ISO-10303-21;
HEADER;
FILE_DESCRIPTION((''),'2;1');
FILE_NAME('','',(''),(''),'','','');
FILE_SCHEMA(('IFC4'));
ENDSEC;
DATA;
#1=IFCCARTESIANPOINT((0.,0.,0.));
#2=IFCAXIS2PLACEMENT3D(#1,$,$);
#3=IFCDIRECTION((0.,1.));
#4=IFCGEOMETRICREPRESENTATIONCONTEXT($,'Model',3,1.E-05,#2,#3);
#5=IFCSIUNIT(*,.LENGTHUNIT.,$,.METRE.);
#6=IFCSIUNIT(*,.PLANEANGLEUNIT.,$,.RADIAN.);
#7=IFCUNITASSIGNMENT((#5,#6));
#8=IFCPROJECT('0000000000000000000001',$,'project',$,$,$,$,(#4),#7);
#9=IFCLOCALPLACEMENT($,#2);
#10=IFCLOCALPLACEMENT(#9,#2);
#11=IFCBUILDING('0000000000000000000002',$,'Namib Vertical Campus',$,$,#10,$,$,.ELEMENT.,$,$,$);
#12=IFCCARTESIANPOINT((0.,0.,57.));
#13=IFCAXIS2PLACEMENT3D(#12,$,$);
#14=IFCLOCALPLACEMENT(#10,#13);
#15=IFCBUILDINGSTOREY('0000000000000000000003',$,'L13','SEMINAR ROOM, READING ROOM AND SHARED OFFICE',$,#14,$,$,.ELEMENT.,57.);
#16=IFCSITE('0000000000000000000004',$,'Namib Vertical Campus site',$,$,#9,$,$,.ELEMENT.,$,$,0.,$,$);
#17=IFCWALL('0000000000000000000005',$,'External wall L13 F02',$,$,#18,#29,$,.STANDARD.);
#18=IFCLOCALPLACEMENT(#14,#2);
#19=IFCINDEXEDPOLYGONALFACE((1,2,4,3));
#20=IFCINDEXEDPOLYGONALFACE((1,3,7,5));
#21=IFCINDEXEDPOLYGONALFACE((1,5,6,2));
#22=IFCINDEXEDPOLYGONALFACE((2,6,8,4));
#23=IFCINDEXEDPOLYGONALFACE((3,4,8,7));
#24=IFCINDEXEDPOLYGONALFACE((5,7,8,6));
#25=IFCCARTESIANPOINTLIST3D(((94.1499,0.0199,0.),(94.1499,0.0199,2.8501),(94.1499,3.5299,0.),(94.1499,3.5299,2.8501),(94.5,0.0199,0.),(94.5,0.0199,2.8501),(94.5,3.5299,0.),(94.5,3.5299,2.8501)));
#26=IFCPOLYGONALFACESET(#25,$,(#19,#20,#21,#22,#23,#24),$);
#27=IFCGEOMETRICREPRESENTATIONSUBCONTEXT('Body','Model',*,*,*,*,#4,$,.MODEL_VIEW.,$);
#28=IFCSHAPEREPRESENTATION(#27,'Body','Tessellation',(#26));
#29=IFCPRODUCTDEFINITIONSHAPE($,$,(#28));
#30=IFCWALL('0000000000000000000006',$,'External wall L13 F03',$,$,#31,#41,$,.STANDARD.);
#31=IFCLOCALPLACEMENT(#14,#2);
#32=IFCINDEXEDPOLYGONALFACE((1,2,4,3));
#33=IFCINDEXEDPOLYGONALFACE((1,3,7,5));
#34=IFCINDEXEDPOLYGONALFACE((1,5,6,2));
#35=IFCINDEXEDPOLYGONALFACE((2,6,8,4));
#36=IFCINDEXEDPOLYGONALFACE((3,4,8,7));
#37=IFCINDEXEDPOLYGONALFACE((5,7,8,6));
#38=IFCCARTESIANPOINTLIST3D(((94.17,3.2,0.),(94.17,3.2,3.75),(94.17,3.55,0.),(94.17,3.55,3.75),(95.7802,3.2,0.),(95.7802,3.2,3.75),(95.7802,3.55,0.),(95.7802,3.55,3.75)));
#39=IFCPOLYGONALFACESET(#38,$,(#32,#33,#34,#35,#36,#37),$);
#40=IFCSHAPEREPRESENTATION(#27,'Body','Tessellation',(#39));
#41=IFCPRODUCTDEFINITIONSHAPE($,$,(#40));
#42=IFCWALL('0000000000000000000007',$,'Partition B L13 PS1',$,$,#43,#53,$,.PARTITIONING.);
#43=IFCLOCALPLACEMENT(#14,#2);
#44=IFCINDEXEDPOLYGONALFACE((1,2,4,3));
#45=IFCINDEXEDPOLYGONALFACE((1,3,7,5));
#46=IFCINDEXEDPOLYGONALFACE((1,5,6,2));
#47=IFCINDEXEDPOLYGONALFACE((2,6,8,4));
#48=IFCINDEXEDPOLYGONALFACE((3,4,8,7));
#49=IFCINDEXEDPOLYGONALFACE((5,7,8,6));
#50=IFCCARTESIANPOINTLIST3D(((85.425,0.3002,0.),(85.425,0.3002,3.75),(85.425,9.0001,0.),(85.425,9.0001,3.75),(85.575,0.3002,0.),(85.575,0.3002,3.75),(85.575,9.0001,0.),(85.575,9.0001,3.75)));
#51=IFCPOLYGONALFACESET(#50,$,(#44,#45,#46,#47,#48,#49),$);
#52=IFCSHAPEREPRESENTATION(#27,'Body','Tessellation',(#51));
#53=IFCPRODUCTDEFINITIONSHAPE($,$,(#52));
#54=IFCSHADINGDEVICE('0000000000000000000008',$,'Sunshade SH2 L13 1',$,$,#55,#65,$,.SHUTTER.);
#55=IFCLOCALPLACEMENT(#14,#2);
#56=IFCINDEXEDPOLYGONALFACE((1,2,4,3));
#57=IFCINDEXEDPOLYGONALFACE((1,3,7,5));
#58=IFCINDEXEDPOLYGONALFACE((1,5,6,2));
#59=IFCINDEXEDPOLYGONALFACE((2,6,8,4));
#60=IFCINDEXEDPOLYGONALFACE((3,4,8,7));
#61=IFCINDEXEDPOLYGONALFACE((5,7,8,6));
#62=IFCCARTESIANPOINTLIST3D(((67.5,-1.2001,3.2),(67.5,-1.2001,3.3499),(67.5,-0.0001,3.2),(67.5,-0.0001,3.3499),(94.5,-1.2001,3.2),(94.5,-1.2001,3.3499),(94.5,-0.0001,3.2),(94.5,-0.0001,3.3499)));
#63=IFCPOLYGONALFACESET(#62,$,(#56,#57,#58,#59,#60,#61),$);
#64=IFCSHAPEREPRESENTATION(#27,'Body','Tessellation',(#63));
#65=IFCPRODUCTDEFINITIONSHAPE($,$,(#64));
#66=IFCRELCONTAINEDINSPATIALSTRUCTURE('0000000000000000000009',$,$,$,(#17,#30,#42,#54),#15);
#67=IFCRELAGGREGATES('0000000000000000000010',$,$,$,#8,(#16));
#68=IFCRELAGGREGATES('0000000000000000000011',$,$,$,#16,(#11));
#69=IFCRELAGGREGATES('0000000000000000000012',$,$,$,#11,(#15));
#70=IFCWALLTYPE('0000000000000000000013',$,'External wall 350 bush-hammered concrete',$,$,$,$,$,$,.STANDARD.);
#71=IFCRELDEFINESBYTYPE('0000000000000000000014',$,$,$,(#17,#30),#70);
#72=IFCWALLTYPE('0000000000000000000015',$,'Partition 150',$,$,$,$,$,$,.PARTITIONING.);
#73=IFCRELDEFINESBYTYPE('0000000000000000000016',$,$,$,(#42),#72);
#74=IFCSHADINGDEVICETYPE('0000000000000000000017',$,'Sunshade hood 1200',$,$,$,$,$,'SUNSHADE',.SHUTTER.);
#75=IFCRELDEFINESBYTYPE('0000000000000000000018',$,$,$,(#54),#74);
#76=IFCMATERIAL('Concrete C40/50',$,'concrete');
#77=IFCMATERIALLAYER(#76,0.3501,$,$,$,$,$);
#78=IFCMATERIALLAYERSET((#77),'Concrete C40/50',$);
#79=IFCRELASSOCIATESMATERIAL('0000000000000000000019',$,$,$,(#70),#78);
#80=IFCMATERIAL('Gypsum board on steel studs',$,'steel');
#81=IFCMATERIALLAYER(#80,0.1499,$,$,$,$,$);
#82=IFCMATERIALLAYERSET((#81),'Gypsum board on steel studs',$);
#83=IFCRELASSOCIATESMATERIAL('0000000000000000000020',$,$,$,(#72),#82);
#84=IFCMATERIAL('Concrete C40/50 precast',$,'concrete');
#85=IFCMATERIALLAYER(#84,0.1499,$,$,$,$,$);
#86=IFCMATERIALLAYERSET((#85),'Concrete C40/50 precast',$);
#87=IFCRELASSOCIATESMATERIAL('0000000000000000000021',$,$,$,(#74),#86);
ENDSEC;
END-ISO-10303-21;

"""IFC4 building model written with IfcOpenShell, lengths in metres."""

from ifc_helpers import new_model, si_unit, direction, frame, frame_2d, origin, origin_2d, place, context, subcontext, project, spatial, rectangle, extrude, material, layer, layer_set, type_object, element, save


model = new_model("IFC4")

# Units and contexts
model_context = context("Model", 3, precision=1e-05, world=origin(), true_north=direction((0.0, 1.0)))
body_context = subcontext(model_context, "Body", "Model", "MODEL_VIEW")
ifc_project = project(units=[si_unit("LENGTHUNIT", "METRE"), si_unit("PLANEANGLEUNIT", "RADIAN")], contexts=[model_context])

# Site, building, storey
site_placement = place(None, origin())
site = spatial("IfcSite", under=ifc_project, at=site_placement, Name="Namib Vertical Campus site", CompositionType="ELEMENT", RefElevation=0.0)
building_placement = place(site_placement, origin())
building = spatial("IfcBuilding", under=site, at=building_placement, Name="Namib Vertical Campus", CompositionType="ELEMENT")
storey_placement = place(building_placement, frame((0.0, 0.0, 57.0)))
storey = spatial("IfcBuildingStorey", under=building, at=storey_placement, Name="L13", Description="SEMINAR ROOM, READING ROOM AND SHARED OFFICE", CompositionType="ELEMENT", Elevation=57.0)

# Walls
ifc_material_1 = material(Name="Concrete C40/50", Category="concrete")
ifc_layer_1 = layer(ifc_material_1, 0.3501)
ifc_layer_set_1 = layer_set([ifc_layer_1], Name="Concrete C40/50")
wall_type_1 = type_object("IfcWallType", Name="External wall 350 bush-hammered concrete", PredefinedType="STANDARD", material=ifc_layer_set_1)
wall_1_placement = place(storey_placement, frame((94.325, 0.02, 0.0), z_axis=(0.0, 0.0, 1.0), x_axis=(0.0, 1.0, 0.0)))
element("IfcWall", 1, at=wall_1_placement, inside=storey, type_object=wall_type_1, Name="External wall L13 F02", PredefinedType="STANDARD", context=body_context, shape_type="SweptSolid", body=[
    extrude(rectangle(XDim=3.51, YDim=0.3501, at=frame_2d((1.7549, 0.0))), origin(), (0.0, 0.0, 1.0), 2.8501),
])
wall_2_placement = place(storey_placement, frame((94.1699, 3.375, 0.0), z_axis=(0.0, 0.0, 1.0), x_axis=(1.0, 0.0, 0.0)))
element("IfcWall", 2, at=wall_2_placement, inside=storey, type_object=wall_type_1, Name="External wall L13 F03", PredefinedType="STANDARD", context=body_context, shape_type="SweptSolid", body=[
    extrude(rectangle(XDim=1.6101, YDim=0.3501, at=frame_2d((0.8052, 0.0))), origin(), (0.0, 0.0, 1.0), 3.75),
])
ifc_material_2 = material(Name="Gypsum board on steel studs", Category="steel")
ifc_layer_2 = layer(ifc_material_2, 0.1499)
ifc_layer_set_2 = layer_set([ifc_layer_2], Name="Gypsum board on steel studs")
wall_type_2 = type_object("IfcWallType", Name="Partition 150", PredefinedType="PARTITIONING", material=ifc_layer_set_2)
wall_3_placement = place(storey_placement, frame((85.5, 0.3, 0.0), z_axis=(0.0, 0.0, 1.0), x_axis=(0.0, 1.0, 0.0)))
element("IfcWall", 3, at=wall_3_placement, inside=storey, type_object=wall_type_2, Name="Partition B L13 PS1", PredefinedType="PARTITIONING", context=body_context, shape_type="SweptSolid", body=[
    extrude(rectangle(XDim=8.7, YDim=0.1499, at=frame_2d((4.3501, 0.0))), origin(), (0.0, 0.0, 1.0), 3.75),
])

# Shading device
ifc_material_3 = material(Name="Concrete C40/50 precast", Category="concrete")
ifc_layer_3 = layer(ifc_material_3, 0.1499)
ifc_layer_set_3 = layer_set([ifc_layer_3], Name="Concrete C40/50 precast")
shading_device_type = type_object("IfcShadingDeviceType", Name="Sunshade hood 1200", ElementType="SUNSHADE", PredefinedType="SHUTTER", material=ifc_layer_set_3)
shading_device_placement = place(storey_placement, frame((81.0, -0.6001, 3.2), z_axis=(0.0, 0.0, 1.0), x_axis=(1.0, 0.0, 0.0)))
element("IfcShadingDevice", 4, at=shading_device_placement, inside=storey, type_object=shading_device_type, Name="Sunshade SH2 L13 1", PredefinedType="SHUTTER", context=body_context, shape_type="SweptSolid", body=[
    extrude(rectangle(XDim=27.0, YDim=1.2, at=origin_2d()), origin(), (0.0, 0.0, 1.0), 0.1499),
])

save(model, "model.ifc")
